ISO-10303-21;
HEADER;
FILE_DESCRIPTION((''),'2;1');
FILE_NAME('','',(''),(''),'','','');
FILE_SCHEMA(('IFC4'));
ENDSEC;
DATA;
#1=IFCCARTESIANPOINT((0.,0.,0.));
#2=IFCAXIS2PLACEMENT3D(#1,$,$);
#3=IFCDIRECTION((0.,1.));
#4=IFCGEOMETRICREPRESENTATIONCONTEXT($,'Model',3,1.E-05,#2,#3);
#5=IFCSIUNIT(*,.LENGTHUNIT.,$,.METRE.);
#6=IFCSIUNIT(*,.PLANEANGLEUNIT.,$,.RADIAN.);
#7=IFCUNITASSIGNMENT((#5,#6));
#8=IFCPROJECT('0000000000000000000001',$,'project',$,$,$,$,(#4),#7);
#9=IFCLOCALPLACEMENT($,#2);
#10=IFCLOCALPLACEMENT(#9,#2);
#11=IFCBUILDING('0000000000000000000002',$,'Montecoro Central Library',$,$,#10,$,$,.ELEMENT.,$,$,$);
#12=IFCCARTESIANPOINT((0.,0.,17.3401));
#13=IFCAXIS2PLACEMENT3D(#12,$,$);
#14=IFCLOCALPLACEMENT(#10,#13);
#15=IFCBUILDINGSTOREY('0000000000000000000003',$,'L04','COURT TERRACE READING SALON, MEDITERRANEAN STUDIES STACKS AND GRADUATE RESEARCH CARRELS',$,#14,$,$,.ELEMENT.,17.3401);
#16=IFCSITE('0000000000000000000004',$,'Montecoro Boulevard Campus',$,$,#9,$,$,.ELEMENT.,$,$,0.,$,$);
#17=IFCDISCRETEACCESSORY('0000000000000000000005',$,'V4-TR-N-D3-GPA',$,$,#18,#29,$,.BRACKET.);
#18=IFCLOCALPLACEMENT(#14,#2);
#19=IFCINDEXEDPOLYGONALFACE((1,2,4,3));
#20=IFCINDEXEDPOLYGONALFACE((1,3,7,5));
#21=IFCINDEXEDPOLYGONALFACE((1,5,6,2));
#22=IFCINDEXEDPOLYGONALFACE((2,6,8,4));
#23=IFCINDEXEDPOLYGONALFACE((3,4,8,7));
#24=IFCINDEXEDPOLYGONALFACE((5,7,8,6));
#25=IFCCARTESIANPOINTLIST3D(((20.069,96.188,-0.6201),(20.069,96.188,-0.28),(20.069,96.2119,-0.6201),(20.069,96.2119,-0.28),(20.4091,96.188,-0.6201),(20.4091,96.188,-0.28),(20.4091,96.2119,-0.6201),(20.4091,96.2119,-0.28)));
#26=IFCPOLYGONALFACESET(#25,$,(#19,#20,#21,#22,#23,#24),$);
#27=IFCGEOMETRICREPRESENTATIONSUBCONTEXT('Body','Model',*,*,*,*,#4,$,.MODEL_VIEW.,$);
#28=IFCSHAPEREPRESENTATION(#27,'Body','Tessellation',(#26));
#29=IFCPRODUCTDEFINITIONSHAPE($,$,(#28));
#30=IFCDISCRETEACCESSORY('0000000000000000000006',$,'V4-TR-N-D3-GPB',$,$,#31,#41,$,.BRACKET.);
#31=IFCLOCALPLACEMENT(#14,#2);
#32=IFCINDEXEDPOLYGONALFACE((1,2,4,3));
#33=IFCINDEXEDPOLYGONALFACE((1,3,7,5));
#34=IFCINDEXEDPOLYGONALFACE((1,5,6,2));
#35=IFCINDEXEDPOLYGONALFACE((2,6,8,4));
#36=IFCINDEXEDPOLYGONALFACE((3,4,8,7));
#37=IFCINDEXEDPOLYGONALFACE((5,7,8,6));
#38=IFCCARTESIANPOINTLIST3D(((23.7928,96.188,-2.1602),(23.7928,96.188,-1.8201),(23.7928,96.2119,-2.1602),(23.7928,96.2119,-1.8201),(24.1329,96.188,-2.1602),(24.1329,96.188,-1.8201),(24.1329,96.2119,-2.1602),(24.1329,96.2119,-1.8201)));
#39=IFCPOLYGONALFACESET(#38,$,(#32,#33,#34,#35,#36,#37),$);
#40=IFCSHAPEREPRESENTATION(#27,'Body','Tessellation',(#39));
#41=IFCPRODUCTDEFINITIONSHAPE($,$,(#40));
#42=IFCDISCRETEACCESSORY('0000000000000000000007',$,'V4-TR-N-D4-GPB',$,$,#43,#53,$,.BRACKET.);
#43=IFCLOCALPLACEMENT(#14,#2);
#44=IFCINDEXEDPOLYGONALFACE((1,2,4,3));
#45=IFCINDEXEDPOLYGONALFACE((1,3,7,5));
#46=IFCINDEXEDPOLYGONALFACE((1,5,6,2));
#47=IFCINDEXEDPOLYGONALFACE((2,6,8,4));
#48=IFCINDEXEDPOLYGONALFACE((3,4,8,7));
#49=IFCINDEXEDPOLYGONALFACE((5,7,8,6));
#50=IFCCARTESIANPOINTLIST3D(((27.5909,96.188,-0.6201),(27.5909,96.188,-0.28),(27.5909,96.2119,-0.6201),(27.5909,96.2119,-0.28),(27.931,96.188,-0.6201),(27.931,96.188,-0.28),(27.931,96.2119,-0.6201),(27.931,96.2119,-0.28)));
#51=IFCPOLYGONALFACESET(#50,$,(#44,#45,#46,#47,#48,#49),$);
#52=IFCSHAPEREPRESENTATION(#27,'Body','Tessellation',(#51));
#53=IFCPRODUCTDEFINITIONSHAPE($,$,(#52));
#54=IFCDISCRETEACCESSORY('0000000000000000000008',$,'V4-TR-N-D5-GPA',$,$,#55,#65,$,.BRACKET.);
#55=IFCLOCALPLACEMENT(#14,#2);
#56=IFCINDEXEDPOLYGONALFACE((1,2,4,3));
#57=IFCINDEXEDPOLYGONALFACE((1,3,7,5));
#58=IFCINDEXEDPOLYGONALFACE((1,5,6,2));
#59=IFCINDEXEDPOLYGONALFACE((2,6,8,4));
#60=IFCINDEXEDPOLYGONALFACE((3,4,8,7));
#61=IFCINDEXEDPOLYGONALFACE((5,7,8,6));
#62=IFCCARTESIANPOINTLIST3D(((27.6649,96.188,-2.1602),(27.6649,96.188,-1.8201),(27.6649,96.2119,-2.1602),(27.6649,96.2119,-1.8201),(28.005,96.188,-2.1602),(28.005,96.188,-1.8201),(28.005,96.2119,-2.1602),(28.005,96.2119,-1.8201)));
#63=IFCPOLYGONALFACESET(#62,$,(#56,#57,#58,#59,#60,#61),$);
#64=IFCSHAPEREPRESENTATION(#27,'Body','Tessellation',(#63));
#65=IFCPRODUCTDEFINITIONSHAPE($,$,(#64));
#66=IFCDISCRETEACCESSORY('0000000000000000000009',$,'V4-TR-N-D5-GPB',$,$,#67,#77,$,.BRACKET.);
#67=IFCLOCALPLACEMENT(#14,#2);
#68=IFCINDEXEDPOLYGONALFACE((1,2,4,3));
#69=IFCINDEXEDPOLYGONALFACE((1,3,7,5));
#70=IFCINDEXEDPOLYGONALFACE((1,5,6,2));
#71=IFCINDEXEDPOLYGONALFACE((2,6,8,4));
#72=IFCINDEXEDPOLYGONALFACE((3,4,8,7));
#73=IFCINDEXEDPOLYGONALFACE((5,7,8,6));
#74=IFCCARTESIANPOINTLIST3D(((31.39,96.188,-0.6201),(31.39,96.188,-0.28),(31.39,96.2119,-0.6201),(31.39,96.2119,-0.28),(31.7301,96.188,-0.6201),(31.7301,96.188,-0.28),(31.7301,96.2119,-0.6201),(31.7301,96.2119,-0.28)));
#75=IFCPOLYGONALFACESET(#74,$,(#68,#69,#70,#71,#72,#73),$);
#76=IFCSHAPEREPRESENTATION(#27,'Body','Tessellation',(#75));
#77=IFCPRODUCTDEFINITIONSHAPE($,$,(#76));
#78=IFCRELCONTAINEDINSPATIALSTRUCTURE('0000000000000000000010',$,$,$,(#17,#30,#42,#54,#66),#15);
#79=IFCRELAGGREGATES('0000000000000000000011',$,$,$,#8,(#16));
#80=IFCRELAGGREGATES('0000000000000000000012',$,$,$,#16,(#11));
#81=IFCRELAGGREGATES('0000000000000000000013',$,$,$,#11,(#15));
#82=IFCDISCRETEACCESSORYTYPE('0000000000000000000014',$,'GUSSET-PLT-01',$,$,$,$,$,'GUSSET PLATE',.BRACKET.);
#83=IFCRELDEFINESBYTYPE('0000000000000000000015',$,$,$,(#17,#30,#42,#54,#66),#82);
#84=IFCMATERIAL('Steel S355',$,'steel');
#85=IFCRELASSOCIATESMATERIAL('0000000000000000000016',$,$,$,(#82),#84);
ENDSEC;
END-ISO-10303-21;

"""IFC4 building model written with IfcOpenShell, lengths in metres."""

from ifc_helpers import new_model, si_unit, direction, frame, origin, origin_2d, place, context, subcontext, project, spatial, rectangle, extrude, material, type_object, element, save


model = new_model("IFC4")

# Units and contexts
model_context = context("Model", 3, precision=1e-05, world=origin(), true_north=direction((0.0, 1.0)))
body_context = subcontext(model_context, "Body", "Model", "MODEL_VIEW")
ifc_project = project(units=[si_unit("LENGTHUNIT", "METRE"), si_unit("PLANEANGLEUNIT", "RADIAN")], contexts=[model_context])

# Site, building, storey
site_placement = place(None, origin())
site = spatial("IfcSite", under=ifc_project, at=site_placement, Name="Montecoro Boulevard Campus", CompositionType="ELEMENT", RefElevation=0.0)
building_placement = place(site_placement, origin())
building = spatial("IfcBuilding", under=site, at=building_placement, Name="Montecoro Central Library", CompositionType="ELEMENT")
storey_placement = place(building_placement, frame((0.0, 0.0, 17.3401)))
storey = spatial("IfcBuildingStorey", under=building, at=storey_placement, Name="L04", Description="COURT TERRACE READING SALON, MEDITERRANEAN STUDIES STACKS AND GRADUATE RESEARCH CARRELS", CompositionType="ELEMENT", Elevation=17.3401)

# Shared definitions
ifc_material_1 = material(Name="Steel S355", Category="steel")

# Discrete accessories
discrete_accessory_type = type_object("IfcDiscreteAccessoryType", Name="GUSSET-PLT-01", ElementType="GUSSET PLATE", PredefinedType="BRACKET", material=ifc_material_1)
for number, where, z_axis, x_axis, name in (
    (1, (20.239, 96.2, -0.6201), (0.0, 0.0, 1.0), (1.0, 0.0, 0.0), "V4-TR-N-D3-GPA"),
    (2, (23.9629, 96.2, -2.1602), (0.0, 0.0, 1.0), (1.0, 0.0, 0.0), "V4-TR-N-D3-GPB"),
    (3, (27.761, 96.2, -0.6201), (0.0, 0.0, 1.0), (1.0, 0.0, 0.0), "V4-TR-N-D4-GPB"),
    (4, (27.835, 96.2, -2.1602), (0.0, 0.0, 1.0), (1.0, 0.0, 0.0), "V4-TR-N-D5-GPA"),
    (5, (31.5601, 96.2, -0.6201), (0.0, 0.0, 1.0), (1.0, 0.0, 0.0), "V4-TR-N-D5-GPB"),
):
    element("IfcDiscreteAccessory", number, at=place(storey_placement, frame(where, z_axis=z_axis, x_axis=x_axis)), inside=storey, type_object=discrete_accessory_type, Name=name, PredefinedType="BRACKET", context=body_context, shape_type="SweptSolid", body=[
        extrude(rectangle(XDim=0.3401, YDim=0.0239, at=origin_2d()), origin(), (0.0, 0.0, 1.0), 0.3401),
    ])

save(model, "model.ifc")
